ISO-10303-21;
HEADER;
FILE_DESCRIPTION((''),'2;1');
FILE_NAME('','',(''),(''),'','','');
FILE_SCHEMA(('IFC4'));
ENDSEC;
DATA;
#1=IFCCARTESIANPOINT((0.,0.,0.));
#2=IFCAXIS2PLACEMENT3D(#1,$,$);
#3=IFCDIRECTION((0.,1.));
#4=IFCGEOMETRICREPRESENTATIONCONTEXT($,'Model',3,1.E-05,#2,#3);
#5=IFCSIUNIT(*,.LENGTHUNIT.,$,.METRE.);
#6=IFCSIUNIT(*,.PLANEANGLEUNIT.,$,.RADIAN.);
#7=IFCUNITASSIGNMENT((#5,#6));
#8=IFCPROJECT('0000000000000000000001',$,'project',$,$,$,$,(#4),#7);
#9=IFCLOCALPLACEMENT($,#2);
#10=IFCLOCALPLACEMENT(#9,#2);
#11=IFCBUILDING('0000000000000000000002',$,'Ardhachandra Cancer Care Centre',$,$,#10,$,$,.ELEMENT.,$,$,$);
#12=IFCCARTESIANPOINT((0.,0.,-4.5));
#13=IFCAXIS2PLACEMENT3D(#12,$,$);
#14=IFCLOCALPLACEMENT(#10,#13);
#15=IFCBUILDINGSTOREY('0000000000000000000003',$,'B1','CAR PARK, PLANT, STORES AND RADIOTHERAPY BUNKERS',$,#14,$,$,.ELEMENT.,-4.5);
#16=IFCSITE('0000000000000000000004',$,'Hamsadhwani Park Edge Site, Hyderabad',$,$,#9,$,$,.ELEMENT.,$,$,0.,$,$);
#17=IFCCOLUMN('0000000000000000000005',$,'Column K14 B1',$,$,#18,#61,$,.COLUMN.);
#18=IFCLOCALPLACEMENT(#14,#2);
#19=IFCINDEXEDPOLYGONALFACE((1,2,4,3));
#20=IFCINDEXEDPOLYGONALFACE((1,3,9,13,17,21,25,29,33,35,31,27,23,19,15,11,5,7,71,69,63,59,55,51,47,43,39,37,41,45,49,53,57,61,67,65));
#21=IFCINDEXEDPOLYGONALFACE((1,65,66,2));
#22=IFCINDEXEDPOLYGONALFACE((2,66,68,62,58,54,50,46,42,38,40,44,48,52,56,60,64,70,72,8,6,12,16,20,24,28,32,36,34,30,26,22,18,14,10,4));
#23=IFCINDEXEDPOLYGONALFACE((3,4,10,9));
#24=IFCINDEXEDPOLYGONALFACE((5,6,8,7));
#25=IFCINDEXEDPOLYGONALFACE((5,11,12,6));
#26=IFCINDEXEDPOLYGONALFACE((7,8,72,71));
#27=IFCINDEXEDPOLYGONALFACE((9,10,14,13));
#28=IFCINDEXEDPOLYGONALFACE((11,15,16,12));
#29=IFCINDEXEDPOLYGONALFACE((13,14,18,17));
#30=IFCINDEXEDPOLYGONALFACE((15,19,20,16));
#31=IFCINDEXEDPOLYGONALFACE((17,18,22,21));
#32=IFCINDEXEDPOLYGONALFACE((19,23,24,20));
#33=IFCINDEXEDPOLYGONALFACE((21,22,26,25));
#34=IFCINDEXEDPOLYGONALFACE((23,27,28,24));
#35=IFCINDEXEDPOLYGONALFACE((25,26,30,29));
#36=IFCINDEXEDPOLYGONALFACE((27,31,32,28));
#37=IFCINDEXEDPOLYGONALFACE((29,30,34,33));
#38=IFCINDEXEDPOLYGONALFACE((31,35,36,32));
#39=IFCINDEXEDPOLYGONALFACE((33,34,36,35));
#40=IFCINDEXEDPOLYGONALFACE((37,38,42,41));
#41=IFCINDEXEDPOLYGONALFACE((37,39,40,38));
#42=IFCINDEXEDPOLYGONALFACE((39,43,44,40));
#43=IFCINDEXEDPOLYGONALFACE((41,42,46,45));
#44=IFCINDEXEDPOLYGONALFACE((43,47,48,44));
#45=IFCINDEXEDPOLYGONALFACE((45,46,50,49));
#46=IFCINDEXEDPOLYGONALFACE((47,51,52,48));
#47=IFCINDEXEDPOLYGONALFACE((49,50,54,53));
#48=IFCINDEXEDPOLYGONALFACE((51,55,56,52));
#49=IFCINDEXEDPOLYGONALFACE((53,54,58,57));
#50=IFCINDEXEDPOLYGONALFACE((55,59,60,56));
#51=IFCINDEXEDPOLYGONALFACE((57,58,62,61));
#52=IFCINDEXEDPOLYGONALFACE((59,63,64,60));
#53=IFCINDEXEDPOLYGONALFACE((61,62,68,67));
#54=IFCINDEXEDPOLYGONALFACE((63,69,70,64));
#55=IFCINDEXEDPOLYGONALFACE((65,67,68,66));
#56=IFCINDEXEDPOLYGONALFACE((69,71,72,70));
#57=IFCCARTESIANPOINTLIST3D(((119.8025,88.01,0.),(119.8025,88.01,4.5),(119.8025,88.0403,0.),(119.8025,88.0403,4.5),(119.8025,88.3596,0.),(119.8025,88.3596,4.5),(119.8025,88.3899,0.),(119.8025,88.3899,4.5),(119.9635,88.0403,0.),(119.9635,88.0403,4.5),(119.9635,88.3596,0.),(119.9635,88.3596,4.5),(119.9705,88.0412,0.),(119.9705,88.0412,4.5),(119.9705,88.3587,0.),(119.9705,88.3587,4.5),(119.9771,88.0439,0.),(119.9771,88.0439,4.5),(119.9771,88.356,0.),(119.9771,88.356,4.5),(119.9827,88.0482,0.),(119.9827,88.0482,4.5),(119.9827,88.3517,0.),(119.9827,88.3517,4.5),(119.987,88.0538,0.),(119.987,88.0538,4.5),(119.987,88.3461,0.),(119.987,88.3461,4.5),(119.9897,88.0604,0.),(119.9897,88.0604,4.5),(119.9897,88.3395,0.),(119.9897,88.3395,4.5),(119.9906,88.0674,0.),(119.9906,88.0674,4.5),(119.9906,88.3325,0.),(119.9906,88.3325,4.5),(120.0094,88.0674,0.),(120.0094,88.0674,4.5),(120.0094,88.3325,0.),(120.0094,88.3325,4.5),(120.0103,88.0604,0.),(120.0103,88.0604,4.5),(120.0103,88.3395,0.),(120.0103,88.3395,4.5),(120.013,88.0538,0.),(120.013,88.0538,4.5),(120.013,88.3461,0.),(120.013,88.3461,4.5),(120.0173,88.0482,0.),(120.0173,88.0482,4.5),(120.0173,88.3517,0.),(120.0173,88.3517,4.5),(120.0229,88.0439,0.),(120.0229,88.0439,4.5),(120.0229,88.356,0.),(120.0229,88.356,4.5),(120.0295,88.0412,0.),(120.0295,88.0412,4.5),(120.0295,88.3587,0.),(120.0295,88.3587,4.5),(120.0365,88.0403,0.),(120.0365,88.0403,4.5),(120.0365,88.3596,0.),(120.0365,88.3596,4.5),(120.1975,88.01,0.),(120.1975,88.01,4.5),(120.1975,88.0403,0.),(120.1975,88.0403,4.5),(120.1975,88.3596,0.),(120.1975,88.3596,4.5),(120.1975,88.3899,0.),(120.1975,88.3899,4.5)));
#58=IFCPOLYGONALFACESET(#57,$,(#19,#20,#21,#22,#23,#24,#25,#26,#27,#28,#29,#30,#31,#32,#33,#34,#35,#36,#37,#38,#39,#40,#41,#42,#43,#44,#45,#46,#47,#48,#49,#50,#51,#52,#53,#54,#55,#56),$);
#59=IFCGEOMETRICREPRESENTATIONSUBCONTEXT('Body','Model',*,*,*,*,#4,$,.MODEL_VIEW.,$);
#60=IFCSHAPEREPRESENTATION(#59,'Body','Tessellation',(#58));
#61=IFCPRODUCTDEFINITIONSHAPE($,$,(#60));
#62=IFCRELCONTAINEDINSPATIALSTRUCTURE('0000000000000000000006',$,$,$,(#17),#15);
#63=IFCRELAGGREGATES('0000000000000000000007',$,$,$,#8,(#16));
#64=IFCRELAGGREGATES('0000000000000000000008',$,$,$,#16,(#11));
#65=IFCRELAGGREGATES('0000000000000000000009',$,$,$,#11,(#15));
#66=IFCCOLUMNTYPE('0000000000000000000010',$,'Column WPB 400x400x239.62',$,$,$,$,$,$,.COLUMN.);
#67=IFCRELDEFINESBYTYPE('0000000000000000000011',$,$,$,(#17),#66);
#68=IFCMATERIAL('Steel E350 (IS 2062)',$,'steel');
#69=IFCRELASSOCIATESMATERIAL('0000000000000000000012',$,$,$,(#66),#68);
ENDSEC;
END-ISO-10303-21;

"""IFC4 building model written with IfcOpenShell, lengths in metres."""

from ifc_helpers import new_model, si_unit, direction, frame, origin, origin_2d, place, context, subcontext, project, spatial, i_section, extrude, material, material_profile, profile_set, type_object, element, save


model = new_model("IFC4")

# Units and contexts
model_context = context("Model", 3, precision=1e-05, world=origin(), true_north=direction((0.0, 1.0)))
body_context = subcontext(model_context, "Body", "Model", "MODEL_VIEW")
ifc_project = project(units=[si_unit("LENGTHUNIT", "METRE"), si_unit("PLANEANGLEUNIT", "RADIAN")], contexts=[model_context])

# Site, building, storey
site_placement = place(None, origin())
site = spatial("IfcSite", under=ifc_project, at=site_placement, Name="Hamsadhwani Park Edge Site, Hyderabad", CompositionType="ELEMENT", RefElevation=0.0)
building_placement = place(site_placement, origin())
building = spatial("IfcBuilding", under=site, at=building_placement, Name="Ardhachandra Cancer Care Centre", CompositionType="ELEMENT")
storey_placement = place(building_placement, frame((0.0, 0.0, -4.5)))
storey = spatial("IfcBuildingStorey", under=building, at=storey_placement, Name="B1", Description="CAR PARK, PLANT, STORES AND RADIOTHERAPY BUNKERS", CompositionType="ELEMENT", Elevation=-4.5)

# Column
ifc_material_1 = material(Name="Steel E350 (IS 2062)", Category="steel")
ifc_material_profile_1 = material_profile(ifc_material_1, i_section(OverallWidth=0.395, OverallDepth=0.3799, WebThickness=0.0188, FlangeThickness=0.0303, FilletRadius=0.0271, at=origin_2d()), Name="WPB 400x400x239.62")
ifc_profile_set_1 = profile_set([ifc_material_profile_1], Name="Steel E350 (IS 2062)")
column_type = type_object("IfcColumnType", Name="Column WPB 400x400x239.62", PredefinedType="COLUMN", material=ifc_profile_set_1)
for number, where, z_axis, x_axis, name in (
    (1, (120.0, 88.2, 0.0), (0.0, 0.0, 1.0), (1.0, 0.0, 0.0), "Column K14 B1"),
):
    element("IfcColumn", number, at=place(storey_placement, frame(where, z_axis=z_axis, x_axis=x_axis)), inside=storey, type_object=column_type, Name=name, PredefinedType="COLUMN", context=body_context, shape_type="SweptSolid", body=[
        extrude(i_section(OverallWidth=0.395, OverallDepth=0.3799, WebThickness=0.0188, FlangeThickness=0.0303, FilletRadius=0.0271, at=origin_2d()), origin(), (0.0, 0.0, 1.0), 4.5),
    ])

save(model, "model.ifc")
